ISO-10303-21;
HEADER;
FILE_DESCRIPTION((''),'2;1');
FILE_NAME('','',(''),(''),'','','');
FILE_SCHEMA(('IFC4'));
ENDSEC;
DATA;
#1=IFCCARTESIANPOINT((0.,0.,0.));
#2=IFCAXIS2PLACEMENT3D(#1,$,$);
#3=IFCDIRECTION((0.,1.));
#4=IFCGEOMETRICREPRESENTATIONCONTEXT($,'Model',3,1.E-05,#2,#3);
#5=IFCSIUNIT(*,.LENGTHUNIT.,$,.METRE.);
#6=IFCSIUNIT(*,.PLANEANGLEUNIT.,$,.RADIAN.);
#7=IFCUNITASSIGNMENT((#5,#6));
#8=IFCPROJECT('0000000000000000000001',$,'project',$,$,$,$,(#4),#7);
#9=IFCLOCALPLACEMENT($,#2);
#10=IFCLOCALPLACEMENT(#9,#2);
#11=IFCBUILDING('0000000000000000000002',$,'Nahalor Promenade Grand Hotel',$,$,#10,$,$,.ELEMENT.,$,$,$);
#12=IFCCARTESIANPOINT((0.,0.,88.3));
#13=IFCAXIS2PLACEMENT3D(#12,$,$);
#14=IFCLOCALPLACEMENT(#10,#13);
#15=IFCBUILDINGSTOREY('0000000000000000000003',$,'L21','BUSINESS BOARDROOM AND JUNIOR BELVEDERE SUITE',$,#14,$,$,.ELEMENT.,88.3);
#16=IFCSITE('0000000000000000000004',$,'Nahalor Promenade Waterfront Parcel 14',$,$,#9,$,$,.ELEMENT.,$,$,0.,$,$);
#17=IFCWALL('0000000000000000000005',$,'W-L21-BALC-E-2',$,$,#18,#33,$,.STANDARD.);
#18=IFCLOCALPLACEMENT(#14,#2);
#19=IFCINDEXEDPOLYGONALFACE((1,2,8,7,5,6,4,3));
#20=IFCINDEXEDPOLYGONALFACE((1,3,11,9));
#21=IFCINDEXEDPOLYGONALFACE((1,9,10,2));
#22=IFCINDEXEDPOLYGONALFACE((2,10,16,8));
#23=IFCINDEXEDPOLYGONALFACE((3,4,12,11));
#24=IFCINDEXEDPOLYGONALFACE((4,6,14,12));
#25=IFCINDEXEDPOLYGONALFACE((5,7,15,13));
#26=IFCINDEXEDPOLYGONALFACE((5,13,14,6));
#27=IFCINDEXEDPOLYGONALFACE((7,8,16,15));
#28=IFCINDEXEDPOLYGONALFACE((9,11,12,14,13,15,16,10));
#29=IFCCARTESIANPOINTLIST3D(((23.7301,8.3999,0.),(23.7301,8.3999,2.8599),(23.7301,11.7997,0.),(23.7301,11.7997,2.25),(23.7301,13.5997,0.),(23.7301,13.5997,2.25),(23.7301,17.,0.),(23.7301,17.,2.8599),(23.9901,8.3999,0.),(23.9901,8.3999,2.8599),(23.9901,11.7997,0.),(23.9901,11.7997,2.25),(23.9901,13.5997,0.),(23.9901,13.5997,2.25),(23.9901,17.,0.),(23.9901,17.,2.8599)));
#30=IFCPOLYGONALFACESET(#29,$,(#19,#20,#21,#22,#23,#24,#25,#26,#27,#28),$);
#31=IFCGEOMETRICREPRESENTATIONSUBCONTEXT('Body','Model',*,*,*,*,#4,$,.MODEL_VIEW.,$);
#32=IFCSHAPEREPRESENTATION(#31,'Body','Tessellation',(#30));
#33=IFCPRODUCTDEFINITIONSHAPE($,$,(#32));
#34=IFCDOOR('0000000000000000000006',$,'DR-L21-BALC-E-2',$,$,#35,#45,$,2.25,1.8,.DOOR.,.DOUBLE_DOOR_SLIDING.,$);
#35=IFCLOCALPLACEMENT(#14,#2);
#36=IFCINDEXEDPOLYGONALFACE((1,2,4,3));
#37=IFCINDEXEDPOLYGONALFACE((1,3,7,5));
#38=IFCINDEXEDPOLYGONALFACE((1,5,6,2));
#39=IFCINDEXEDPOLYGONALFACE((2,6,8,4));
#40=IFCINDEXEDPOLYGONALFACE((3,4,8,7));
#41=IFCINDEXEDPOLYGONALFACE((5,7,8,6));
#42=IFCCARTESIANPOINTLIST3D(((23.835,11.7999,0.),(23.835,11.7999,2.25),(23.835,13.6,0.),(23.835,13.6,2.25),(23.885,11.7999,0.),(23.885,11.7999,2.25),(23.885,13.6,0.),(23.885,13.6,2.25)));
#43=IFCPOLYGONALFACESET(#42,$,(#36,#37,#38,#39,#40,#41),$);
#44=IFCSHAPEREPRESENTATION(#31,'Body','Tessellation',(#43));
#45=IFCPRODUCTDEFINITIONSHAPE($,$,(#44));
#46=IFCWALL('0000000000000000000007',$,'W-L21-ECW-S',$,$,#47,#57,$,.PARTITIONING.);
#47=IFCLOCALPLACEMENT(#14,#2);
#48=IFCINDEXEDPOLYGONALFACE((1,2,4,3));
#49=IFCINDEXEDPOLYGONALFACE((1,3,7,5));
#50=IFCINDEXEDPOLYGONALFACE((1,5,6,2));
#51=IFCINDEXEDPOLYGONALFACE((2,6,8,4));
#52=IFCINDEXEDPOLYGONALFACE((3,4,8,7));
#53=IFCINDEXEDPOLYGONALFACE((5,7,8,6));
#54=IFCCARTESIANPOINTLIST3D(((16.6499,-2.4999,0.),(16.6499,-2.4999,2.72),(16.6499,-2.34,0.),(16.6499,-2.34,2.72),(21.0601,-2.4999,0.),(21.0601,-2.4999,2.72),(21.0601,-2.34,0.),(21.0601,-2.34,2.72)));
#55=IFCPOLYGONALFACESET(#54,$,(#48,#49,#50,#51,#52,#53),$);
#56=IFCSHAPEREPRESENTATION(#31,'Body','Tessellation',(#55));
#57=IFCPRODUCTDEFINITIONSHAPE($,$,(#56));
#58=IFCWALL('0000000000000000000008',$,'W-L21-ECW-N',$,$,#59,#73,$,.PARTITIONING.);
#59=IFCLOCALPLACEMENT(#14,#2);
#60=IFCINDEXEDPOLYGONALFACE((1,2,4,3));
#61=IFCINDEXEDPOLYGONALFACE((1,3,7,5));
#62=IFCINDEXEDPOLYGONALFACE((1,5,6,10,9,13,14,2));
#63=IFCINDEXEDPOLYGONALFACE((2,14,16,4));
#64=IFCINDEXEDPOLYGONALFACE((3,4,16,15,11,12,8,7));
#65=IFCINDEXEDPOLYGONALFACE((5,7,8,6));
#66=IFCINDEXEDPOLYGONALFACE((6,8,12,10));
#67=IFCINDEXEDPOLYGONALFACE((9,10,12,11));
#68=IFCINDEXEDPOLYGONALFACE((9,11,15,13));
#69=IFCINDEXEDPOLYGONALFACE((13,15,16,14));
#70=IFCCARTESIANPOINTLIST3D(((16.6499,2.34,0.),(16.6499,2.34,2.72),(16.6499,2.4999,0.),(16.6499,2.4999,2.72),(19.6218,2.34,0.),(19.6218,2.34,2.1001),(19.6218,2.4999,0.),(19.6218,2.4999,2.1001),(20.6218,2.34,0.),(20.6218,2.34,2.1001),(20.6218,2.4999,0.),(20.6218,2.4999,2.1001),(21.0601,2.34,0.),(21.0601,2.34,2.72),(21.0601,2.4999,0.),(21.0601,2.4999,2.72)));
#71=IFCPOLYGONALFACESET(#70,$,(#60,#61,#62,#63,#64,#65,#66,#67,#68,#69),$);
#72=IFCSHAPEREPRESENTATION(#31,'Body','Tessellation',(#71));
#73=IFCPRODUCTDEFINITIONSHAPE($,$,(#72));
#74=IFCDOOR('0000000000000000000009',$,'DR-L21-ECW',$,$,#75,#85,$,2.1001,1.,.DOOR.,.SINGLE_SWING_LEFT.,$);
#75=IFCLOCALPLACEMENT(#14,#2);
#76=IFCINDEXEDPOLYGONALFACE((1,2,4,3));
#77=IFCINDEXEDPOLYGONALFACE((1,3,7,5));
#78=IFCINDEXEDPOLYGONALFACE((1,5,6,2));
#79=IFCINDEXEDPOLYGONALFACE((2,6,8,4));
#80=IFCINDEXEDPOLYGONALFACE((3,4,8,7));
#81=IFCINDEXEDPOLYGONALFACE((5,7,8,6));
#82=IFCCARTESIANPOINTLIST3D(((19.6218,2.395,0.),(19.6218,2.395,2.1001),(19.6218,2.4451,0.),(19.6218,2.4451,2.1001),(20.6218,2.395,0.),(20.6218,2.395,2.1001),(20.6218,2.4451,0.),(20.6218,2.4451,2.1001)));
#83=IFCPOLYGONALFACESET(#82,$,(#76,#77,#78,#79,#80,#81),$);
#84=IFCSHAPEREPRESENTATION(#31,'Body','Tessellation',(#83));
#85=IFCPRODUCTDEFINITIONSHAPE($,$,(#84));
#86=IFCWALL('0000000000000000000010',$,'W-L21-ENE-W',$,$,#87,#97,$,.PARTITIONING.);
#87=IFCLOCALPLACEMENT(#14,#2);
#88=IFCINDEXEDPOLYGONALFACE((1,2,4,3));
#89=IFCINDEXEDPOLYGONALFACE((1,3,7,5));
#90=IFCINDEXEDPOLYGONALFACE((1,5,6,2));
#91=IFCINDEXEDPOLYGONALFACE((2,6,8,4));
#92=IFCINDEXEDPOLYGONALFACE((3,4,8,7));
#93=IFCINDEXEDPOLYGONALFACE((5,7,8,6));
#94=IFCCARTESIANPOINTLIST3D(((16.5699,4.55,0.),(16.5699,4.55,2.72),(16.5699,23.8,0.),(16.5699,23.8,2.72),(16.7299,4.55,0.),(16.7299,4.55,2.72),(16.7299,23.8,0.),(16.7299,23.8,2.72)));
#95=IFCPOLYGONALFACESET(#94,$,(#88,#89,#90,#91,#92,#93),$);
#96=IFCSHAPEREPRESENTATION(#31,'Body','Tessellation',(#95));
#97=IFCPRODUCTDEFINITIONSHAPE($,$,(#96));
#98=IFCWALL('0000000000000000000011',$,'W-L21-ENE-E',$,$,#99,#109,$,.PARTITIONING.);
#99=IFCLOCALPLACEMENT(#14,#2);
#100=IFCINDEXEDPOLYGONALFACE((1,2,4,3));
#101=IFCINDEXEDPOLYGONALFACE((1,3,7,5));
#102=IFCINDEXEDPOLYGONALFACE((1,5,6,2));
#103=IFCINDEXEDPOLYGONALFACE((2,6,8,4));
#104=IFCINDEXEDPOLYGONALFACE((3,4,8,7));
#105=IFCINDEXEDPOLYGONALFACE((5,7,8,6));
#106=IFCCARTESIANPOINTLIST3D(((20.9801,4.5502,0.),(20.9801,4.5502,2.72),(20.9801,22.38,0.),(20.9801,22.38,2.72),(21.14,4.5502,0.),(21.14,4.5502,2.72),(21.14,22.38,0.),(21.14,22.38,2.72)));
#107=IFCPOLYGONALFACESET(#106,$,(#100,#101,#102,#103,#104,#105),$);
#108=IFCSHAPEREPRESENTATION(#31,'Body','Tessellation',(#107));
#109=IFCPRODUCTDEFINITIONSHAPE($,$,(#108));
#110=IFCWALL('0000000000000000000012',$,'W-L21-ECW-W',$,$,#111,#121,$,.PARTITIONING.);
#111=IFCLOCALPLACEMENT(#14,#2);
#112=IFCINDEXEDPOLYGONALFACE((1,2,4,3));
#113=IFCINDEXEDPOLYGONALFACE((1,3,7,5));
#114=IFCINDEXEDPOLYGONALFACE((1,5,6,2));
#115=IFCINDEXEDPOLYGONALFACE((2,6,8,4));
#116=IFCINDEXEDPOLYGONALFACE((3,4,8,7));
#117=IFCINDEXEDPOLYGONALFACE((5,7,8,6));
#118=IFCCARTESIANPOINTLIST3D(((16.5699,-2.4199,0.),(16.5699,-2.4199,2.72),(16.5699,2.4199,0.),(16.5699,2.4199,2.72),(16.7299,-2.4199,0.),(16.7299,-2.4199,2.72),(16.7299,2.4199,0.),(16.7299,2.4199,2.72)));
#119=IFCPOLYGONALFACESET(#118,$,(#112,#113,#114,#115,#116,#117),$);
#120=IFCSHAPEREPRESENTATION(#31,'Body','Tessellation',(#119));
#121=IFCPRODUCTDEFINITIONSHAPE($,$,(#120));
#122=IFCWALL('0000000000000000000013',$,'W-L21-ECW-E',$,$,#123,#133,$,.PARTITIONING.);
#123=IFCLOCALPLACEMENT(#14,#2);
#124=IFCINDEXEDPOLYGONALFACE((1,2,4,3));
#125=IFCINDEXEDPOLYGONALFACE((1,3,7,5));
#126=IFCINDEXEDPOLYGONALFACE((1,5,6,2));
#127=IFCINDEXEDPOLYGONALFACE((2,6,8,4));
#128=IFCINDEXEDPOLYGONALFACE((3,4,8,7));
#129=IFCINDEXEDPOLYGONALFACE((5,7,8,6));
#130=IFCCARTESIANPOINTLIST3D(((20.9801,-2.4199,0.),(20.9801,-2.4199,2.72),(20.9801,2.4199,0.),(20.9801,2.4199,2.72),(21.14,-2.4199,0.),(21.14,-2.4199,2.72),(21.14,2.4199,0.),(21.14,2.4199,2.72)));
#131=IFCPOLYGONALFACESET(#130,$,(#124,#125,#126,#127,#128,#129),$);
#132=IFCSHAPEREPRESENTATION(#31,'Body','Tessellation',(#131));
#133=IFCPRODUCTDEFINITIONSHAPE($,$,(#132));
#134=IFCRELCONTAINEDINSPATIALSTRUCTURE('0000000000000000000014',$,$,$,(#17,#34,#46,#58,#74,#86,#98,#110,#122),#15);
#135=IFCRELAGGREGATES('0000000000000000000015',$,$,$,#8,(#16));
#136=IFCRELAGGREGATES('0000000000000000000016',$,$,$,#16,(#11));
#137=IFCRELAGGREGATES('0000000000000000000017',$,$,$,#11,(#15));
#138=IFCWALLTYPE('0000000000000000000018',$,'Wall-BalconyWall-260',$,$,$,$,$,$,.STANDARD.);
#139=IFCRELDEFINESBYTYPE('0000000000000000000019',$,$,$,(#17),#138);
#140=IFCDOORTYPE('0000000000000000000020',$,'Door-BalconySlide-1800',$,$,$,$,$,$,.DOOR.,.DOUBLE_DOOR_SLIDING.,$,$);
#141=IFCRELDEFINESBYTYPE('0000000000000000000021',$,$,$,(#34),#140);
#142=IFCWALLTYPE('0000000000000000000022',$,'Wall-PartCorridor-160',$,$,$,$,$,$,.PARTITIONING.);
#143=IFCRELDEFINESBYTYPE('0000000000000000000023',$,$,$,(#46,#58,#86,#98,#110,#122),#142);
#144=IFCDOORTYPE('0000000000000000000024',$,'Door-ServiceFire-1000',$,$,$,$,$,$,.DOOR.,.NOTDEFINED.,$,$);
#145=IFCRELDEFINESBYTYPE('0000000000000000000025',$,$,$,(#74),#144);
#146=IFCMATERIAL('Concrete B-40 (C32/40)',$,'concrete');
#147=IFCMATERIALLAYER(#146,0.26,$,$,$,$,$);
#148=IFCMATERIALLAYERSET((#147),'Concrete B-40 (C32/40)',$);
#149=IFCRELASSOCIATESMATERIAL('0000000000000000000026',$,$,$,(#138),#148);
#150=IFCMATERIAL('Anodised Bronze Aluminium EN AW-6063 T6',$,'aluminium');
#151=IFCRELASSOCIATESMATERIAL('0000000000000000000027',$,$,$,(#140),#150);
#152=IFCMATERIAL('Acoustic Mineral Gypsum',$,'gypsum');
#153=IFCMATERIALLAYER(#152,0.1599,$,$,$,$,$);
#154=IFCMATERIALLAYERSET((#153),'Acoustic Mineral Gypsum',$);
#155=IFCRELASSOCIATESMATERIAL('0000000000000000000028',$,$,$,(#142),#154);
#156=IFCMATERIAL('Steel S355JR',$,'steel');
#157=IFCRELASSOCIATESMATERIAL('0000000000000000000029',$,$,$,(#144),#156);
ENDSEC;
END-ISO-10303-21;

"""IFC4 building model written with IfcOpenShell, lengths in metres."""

from ifc_helpers import new_model, si_unit, direction, frame, frame_2d, origin, place, context, subcontext, project, spatial, rectangle, extrude, source, transform, mapped, material, layer, layer_set, type_object, element, fill, save


model = new_model("IFC4")

# Units and contexts
model_context = context("Model", 3, precision=1e-05, world=origin(), true_north=direction((0.0, 1.0)))
body_context = subcontext(model_context, "Body", "Model", "MODEL_VIEW")
ifc_project = project(units=[si_unit("LENGTHUNIT", "METRE"), si_unit("PLANEANGLEUNIT", "RADIAN")], contexts=[model_context])

# Site, building, storey
site_placement = place(None, origin())
site = spatial("IfcSite", under=ifc_project, at=site_placement, Name="Nahalor Promenade Waterfront Parcel 14", CompositionType="ELEMENT", RefElevation=0.0)
building_placement = place(site_placement, origin())
building = spatial("IfcBuilding", under=site, at=building_placement, Name="Nahalor Promenade Grand Hotel", CompositionType="ELEMENT")
storey_placement = place(building_placement, frame((0.0, 0.0, 88.3)))
storey = spatial("IfcBuildingStorey", under=building, at=storey_placement, Name="L21", Description="BUSINESS BOARDROOM AND JUNIOR BELVEDERE SUITE", CompositionType="ELEMENT", Elevation=88.3)

# Shared definitions
ifc_material_1 = material(Name="Steel S355JR", Category="steel")

# Shared definitions
ifc_material_2 = material(Name="Anodised Bronze Aluminium EN AW-6063 T6", Category="aluminium")

# Wall, opening, door
ifc_material_3 = material(Name="Concrete B-40 (C32/40)", Category="concrete")
ifc_layer_1 = layer(ifc_material_3, 0.26)
ifc_layer_set_1 = layer_set([ifc_layer_1], Name="Concrete B-40 (C32/40)")
wall_type_1 = type_object("IfcWallType", Name="Wall-BalconyWall-260", PredefinedType="STANDARD", material=ifc_layer_set_1)
shared_shape_1 = source(origin(), body_context, "Body", "SweptSolid", [
    extrude(rectangle(XDim=8.6001, YDim=0.26, at=frame_2d((4.3, 0.0))), origin(), (0.0, 0.0, 1.0), 2.8599),
])
wall_1_placement = place(storey_placement, frame((23.8601, 8.3999, 0.0), z_axis=(0.0, 0.0, 1.0), x_axis=(0.0, 1.0, 0.0)))
wall_1 = element("IfcWall", 1, at=wall_1_placement, inside=storey, type_object=wall_type_1, Name="W-L21-BALC-E-2", PredefinedType="STANDARD", context=body_context, shape_type="MappedRepresentation", body=[
    mapped(shared_shape_1, transform((0.0, 0.0, 0.0), scale=1.0)),
])
opening_1_placement = place(wall_1_placement, frame((3.3999, 0.0, 0.0)))
opening_1 = element("IfcOpeningElement", 2, at=opening_1_placement, cuts=wall_1, PredefinedType="OPENING", context=body_context, shape_type="SweptSolid", body=[
    extrude(rectangle(XDim=1.8, YDim=2.25, at=frame_2d((0.8999, 1.125))), frame((0.0, 0.1399, 0.0), z_axis=(0.0, -1.0, 0.0), x_axis=(1.0, 0.0, 0.0)), (0.0, 0.0, 1.0), 0.28),
])
door_type_1 = type_object("IfcDoorType", Name="Door-BalconySlide-1800", OperationType="DOUBLE_DOOR_SLIDING", PredefinedType="DOOR", material=ifc_material_2)
shared_shape_2 = source(origin(), body_context, "Body", "SweptSolid", [
    extrude(rectangle(XDim=1.8, YDim=2.25, at=frame_2d((0.8999, 1.125))), frame((0.0, 0.0249, 0.0), z_axis=(0.0, -1.0, 0.0), x_axis=(1.0, 0.0, 0.0)), (0.0, 0.0, 1.0), 0.05),
])
door_1_placement = place(opening_1_placement, frame((1.8, 0.0, 0.0), z_axis=(0.0, 0.0, 1.0), x_axis=(-1.0, 0.0, 0.0)))
door_1 = element("IfcDoor", 3, at=door_1_placement, inside=storey, type_object=door_type_1, Name="DR-L21-BALC-E-2", OperationType="DOUBLE_DOOR_SLIDING", OverallHeight=2.25, OverallWidth=1.8, PredefinedType="DOOR", context=body_context, shape_type="MappedRepresentation", body=[
    mapped(shared_shape_2, transform((0.0, 0.0, 0.0), scale=1.0)),
])
fill(opening_1, door_1)
ifc_material_4 = material(Name="Acoustic Mineral Gypsum", Category="gypsum")
ifc_layer_2 = layer(ifc_material_4, 0.1599)
ifc_layer_set_2 = layer_set([ifc_layer_2], Name="Acoustic Mineral Gypsum")
wall_type_2 = type_object("IfcWallType", Name="Wall-PartCorridor-160", PredefinedType="PARTITIONING", material=ifc_layer_set_2)
shared_shape_3 = source(origin(), body_context, "Body", "SweptSolid", [
    extrude(rectangle(XDim=4.4102, YDim=0.1599, at=frame_2d((2.2051, 0.0))), origin(), (0.0, 0.0, 1.0), 2.72),
])

# Wall
wall_2_placement = place(storey_placement, frame((16.6499, -2.4199, 0.0), z_axis=(0.0, 0.0, 1.0), x_axis=(1.0, 0.0, 0.0)))
element("IfcWall", 4, at=wall_2_placement, inside=storey, type_object=wall_type_2, Name="W-L21-ECW-S", PredefinedType="PARTITIONING", context=body_context, shape_type="MappedRepresentation", body=[
    mapped(shared_shape_3, transform((0.0, 0.0, 0.0), scale=1.0)),
])

# Wall, opening, door
wall_3_placement = place(storey_placement, frame((16.6499, 2.4199, 0.0), z_axis=(0.0, 0.0, 1.0), x_axis=(1.0, 0.0, 0.0)))
wall_3 = element("IfcWall", 5, at=wall_3_placement, inside=storey, type_object=wall_type_2, Name="W-L21-ECW-N", PredefinedType="PARTITIONING", context=body_context, shape_type="MappedRepresentation", body=[
    mapped(shared_shape_3, transform((0.0, 0.0, 0.0), scale=1.0)),
])
opening_2_placement = place(wall_3_placement, frame((2.9719, 0.0, 0.0)))
opening_2 = element("IfcOpeningElement", 6, at=opening_2_placement, cuts=wall_3, PredefinedType="OPENING", context=body_context, shape_type="SweptSolid", body=[
    extrude(rectangle(XDim=1.0, YDim=2.1001, at=frame_2d((0.5, 1.05))), frame((0.0, 0.0898, 0.0), z_axis=(0.0, -1.0, 0.0), x_axis=(1.0, 0.0, 0.0)), (0.0, 0.0, 1.0), 0.1799),
])
door_type_2 = type_object("IfcDoorType", Name="Door-ServiceFire-1000", OperationType="NOTDEFINED", PredefinedType="DOOR", material=ifc_material_1)
shared_shape_4 = source(origin(), body_context, "Body", "SweptSolid", [
    extrude(rectangle(XDim=1.0, YDim=2.1001, at=frame_2d((0.5, 1.05))), frame((0.0, 0.0249, 0.0), z_axis=(0.0, -1.0, 0.0), x_axis=(1.0, 0.0, 0.0)), (0.0, 0.0, 1.0), 0.05),
])
door_2_placement = place(opening_2_placement, frame((1.0, 0.0, 0.0), z_axis=(0.0, 0.0, 1.0), x_axis=(-1.0, 0.0, 0.0)))
door_2 = element("IfcDoor", 7, at=door_2_placement, inside=storey, type_object=door_type_2, Name="DR-L21-ECW", OperationType="SINGLE_SWING_LEFT", OverallHeight=2.1001, OverallWidth=1.0, PredefinedType="DOOR", context=body_context, shape_type="MappedRepresentation", body=[
    mapped(shared_shape_4, transform((0.0, 0.0, 0.0), scale=1.0)),
])
fill(opening_2, door_2)

# Walls
shared_shape_5 = source(origin(), body_context, "Body", "SweptSolid", [
    extrude(rectangle(XDim=19.25, YDim=0.1599, at=frame_2d((9.625, 0.0))), origin(), (0.0, 0.0, 1.0), 2.72),
])
wall_4_placement = place(storey_placement, frame((16.6499, 4.55, 0.0), z_axis=(0.0, 0.0, 1.0), x_axis=(0.0, 1.0, 0.0)))
element("IfcWall", 8, at=wall_4_placement, inside=storey, type_object=wall_type_2, Name="W-L21-ENE-W", PredefinedType="PARTITIONING", context=body_context, shape_type="MappedRepresentation", body=[
    mapped(shared_shape_5, transform((0.0, 0.0, 0.0), scale=1.0)),
])
shared_shape_6 = source(origin(), body_context, "Body", "SweptSolid", [
    extrude(rectangle(XDim=17.8298, YDim=0.1599, at=frame_2d((8.915, 0.0))), origin(), (0.0, 0.0, 1.0), 2.72),
])
wall_5_placement = place(storey_placement, frame((21.0601, 4.55, 0.0), z_axis=(0.0, 0.0, 1.0), x_axis=(0.0, 1.0, 0.0)))
element("IfcWall", 9, at=wall_5_placement, inside=storey, type_object=wall_type_2, Name="W-L21-ENE-E", PredefinedType="PARTITIONING", context=body_context, shape_type="MappedRepresentation", body=[
    mapped(shared_shape_6, transform((0.0, 0.0, 0.0), scale=1.0)),
])
shared_shape_7 = source(origin(), body_context, "Body", "SweptSolid", [
    extrude(rectangle(XDim=4.8398, YDim=0.1599, at=frame_2d((2.4199, 0.0))), origin(), (0.0, 0.0, 1.0), 2.72),
])
for number, where, z_axis, x_axis, name in (
    (10, (16.6499, -2.4199, 0.0), (0.0, 0.0, 1.0), (0.0, 1.0, 0.0), "W-L21-ECW-W"),
    (11, (21.0601, -2.4199, 0.0), (0.0, 0.0, 1.0), (0.0, 1.0, 0.0), "W-L21-ECW-E"),
):
    element("IfcWall", number, at=place(storey_placement, frame(where, z_axis=z_axis, x_axis=x_axis)), inside=storey, type_object=wall_type_2, Name=name, PredefinedType="PARTITIONING", context=body_context, shape_type="MappedRepresentation", body=[
        mapped(shared_shape_7, transform((0.0, 0.0, 0.0), scale=1.0)),
    ])

save(model, "model.ifc")
